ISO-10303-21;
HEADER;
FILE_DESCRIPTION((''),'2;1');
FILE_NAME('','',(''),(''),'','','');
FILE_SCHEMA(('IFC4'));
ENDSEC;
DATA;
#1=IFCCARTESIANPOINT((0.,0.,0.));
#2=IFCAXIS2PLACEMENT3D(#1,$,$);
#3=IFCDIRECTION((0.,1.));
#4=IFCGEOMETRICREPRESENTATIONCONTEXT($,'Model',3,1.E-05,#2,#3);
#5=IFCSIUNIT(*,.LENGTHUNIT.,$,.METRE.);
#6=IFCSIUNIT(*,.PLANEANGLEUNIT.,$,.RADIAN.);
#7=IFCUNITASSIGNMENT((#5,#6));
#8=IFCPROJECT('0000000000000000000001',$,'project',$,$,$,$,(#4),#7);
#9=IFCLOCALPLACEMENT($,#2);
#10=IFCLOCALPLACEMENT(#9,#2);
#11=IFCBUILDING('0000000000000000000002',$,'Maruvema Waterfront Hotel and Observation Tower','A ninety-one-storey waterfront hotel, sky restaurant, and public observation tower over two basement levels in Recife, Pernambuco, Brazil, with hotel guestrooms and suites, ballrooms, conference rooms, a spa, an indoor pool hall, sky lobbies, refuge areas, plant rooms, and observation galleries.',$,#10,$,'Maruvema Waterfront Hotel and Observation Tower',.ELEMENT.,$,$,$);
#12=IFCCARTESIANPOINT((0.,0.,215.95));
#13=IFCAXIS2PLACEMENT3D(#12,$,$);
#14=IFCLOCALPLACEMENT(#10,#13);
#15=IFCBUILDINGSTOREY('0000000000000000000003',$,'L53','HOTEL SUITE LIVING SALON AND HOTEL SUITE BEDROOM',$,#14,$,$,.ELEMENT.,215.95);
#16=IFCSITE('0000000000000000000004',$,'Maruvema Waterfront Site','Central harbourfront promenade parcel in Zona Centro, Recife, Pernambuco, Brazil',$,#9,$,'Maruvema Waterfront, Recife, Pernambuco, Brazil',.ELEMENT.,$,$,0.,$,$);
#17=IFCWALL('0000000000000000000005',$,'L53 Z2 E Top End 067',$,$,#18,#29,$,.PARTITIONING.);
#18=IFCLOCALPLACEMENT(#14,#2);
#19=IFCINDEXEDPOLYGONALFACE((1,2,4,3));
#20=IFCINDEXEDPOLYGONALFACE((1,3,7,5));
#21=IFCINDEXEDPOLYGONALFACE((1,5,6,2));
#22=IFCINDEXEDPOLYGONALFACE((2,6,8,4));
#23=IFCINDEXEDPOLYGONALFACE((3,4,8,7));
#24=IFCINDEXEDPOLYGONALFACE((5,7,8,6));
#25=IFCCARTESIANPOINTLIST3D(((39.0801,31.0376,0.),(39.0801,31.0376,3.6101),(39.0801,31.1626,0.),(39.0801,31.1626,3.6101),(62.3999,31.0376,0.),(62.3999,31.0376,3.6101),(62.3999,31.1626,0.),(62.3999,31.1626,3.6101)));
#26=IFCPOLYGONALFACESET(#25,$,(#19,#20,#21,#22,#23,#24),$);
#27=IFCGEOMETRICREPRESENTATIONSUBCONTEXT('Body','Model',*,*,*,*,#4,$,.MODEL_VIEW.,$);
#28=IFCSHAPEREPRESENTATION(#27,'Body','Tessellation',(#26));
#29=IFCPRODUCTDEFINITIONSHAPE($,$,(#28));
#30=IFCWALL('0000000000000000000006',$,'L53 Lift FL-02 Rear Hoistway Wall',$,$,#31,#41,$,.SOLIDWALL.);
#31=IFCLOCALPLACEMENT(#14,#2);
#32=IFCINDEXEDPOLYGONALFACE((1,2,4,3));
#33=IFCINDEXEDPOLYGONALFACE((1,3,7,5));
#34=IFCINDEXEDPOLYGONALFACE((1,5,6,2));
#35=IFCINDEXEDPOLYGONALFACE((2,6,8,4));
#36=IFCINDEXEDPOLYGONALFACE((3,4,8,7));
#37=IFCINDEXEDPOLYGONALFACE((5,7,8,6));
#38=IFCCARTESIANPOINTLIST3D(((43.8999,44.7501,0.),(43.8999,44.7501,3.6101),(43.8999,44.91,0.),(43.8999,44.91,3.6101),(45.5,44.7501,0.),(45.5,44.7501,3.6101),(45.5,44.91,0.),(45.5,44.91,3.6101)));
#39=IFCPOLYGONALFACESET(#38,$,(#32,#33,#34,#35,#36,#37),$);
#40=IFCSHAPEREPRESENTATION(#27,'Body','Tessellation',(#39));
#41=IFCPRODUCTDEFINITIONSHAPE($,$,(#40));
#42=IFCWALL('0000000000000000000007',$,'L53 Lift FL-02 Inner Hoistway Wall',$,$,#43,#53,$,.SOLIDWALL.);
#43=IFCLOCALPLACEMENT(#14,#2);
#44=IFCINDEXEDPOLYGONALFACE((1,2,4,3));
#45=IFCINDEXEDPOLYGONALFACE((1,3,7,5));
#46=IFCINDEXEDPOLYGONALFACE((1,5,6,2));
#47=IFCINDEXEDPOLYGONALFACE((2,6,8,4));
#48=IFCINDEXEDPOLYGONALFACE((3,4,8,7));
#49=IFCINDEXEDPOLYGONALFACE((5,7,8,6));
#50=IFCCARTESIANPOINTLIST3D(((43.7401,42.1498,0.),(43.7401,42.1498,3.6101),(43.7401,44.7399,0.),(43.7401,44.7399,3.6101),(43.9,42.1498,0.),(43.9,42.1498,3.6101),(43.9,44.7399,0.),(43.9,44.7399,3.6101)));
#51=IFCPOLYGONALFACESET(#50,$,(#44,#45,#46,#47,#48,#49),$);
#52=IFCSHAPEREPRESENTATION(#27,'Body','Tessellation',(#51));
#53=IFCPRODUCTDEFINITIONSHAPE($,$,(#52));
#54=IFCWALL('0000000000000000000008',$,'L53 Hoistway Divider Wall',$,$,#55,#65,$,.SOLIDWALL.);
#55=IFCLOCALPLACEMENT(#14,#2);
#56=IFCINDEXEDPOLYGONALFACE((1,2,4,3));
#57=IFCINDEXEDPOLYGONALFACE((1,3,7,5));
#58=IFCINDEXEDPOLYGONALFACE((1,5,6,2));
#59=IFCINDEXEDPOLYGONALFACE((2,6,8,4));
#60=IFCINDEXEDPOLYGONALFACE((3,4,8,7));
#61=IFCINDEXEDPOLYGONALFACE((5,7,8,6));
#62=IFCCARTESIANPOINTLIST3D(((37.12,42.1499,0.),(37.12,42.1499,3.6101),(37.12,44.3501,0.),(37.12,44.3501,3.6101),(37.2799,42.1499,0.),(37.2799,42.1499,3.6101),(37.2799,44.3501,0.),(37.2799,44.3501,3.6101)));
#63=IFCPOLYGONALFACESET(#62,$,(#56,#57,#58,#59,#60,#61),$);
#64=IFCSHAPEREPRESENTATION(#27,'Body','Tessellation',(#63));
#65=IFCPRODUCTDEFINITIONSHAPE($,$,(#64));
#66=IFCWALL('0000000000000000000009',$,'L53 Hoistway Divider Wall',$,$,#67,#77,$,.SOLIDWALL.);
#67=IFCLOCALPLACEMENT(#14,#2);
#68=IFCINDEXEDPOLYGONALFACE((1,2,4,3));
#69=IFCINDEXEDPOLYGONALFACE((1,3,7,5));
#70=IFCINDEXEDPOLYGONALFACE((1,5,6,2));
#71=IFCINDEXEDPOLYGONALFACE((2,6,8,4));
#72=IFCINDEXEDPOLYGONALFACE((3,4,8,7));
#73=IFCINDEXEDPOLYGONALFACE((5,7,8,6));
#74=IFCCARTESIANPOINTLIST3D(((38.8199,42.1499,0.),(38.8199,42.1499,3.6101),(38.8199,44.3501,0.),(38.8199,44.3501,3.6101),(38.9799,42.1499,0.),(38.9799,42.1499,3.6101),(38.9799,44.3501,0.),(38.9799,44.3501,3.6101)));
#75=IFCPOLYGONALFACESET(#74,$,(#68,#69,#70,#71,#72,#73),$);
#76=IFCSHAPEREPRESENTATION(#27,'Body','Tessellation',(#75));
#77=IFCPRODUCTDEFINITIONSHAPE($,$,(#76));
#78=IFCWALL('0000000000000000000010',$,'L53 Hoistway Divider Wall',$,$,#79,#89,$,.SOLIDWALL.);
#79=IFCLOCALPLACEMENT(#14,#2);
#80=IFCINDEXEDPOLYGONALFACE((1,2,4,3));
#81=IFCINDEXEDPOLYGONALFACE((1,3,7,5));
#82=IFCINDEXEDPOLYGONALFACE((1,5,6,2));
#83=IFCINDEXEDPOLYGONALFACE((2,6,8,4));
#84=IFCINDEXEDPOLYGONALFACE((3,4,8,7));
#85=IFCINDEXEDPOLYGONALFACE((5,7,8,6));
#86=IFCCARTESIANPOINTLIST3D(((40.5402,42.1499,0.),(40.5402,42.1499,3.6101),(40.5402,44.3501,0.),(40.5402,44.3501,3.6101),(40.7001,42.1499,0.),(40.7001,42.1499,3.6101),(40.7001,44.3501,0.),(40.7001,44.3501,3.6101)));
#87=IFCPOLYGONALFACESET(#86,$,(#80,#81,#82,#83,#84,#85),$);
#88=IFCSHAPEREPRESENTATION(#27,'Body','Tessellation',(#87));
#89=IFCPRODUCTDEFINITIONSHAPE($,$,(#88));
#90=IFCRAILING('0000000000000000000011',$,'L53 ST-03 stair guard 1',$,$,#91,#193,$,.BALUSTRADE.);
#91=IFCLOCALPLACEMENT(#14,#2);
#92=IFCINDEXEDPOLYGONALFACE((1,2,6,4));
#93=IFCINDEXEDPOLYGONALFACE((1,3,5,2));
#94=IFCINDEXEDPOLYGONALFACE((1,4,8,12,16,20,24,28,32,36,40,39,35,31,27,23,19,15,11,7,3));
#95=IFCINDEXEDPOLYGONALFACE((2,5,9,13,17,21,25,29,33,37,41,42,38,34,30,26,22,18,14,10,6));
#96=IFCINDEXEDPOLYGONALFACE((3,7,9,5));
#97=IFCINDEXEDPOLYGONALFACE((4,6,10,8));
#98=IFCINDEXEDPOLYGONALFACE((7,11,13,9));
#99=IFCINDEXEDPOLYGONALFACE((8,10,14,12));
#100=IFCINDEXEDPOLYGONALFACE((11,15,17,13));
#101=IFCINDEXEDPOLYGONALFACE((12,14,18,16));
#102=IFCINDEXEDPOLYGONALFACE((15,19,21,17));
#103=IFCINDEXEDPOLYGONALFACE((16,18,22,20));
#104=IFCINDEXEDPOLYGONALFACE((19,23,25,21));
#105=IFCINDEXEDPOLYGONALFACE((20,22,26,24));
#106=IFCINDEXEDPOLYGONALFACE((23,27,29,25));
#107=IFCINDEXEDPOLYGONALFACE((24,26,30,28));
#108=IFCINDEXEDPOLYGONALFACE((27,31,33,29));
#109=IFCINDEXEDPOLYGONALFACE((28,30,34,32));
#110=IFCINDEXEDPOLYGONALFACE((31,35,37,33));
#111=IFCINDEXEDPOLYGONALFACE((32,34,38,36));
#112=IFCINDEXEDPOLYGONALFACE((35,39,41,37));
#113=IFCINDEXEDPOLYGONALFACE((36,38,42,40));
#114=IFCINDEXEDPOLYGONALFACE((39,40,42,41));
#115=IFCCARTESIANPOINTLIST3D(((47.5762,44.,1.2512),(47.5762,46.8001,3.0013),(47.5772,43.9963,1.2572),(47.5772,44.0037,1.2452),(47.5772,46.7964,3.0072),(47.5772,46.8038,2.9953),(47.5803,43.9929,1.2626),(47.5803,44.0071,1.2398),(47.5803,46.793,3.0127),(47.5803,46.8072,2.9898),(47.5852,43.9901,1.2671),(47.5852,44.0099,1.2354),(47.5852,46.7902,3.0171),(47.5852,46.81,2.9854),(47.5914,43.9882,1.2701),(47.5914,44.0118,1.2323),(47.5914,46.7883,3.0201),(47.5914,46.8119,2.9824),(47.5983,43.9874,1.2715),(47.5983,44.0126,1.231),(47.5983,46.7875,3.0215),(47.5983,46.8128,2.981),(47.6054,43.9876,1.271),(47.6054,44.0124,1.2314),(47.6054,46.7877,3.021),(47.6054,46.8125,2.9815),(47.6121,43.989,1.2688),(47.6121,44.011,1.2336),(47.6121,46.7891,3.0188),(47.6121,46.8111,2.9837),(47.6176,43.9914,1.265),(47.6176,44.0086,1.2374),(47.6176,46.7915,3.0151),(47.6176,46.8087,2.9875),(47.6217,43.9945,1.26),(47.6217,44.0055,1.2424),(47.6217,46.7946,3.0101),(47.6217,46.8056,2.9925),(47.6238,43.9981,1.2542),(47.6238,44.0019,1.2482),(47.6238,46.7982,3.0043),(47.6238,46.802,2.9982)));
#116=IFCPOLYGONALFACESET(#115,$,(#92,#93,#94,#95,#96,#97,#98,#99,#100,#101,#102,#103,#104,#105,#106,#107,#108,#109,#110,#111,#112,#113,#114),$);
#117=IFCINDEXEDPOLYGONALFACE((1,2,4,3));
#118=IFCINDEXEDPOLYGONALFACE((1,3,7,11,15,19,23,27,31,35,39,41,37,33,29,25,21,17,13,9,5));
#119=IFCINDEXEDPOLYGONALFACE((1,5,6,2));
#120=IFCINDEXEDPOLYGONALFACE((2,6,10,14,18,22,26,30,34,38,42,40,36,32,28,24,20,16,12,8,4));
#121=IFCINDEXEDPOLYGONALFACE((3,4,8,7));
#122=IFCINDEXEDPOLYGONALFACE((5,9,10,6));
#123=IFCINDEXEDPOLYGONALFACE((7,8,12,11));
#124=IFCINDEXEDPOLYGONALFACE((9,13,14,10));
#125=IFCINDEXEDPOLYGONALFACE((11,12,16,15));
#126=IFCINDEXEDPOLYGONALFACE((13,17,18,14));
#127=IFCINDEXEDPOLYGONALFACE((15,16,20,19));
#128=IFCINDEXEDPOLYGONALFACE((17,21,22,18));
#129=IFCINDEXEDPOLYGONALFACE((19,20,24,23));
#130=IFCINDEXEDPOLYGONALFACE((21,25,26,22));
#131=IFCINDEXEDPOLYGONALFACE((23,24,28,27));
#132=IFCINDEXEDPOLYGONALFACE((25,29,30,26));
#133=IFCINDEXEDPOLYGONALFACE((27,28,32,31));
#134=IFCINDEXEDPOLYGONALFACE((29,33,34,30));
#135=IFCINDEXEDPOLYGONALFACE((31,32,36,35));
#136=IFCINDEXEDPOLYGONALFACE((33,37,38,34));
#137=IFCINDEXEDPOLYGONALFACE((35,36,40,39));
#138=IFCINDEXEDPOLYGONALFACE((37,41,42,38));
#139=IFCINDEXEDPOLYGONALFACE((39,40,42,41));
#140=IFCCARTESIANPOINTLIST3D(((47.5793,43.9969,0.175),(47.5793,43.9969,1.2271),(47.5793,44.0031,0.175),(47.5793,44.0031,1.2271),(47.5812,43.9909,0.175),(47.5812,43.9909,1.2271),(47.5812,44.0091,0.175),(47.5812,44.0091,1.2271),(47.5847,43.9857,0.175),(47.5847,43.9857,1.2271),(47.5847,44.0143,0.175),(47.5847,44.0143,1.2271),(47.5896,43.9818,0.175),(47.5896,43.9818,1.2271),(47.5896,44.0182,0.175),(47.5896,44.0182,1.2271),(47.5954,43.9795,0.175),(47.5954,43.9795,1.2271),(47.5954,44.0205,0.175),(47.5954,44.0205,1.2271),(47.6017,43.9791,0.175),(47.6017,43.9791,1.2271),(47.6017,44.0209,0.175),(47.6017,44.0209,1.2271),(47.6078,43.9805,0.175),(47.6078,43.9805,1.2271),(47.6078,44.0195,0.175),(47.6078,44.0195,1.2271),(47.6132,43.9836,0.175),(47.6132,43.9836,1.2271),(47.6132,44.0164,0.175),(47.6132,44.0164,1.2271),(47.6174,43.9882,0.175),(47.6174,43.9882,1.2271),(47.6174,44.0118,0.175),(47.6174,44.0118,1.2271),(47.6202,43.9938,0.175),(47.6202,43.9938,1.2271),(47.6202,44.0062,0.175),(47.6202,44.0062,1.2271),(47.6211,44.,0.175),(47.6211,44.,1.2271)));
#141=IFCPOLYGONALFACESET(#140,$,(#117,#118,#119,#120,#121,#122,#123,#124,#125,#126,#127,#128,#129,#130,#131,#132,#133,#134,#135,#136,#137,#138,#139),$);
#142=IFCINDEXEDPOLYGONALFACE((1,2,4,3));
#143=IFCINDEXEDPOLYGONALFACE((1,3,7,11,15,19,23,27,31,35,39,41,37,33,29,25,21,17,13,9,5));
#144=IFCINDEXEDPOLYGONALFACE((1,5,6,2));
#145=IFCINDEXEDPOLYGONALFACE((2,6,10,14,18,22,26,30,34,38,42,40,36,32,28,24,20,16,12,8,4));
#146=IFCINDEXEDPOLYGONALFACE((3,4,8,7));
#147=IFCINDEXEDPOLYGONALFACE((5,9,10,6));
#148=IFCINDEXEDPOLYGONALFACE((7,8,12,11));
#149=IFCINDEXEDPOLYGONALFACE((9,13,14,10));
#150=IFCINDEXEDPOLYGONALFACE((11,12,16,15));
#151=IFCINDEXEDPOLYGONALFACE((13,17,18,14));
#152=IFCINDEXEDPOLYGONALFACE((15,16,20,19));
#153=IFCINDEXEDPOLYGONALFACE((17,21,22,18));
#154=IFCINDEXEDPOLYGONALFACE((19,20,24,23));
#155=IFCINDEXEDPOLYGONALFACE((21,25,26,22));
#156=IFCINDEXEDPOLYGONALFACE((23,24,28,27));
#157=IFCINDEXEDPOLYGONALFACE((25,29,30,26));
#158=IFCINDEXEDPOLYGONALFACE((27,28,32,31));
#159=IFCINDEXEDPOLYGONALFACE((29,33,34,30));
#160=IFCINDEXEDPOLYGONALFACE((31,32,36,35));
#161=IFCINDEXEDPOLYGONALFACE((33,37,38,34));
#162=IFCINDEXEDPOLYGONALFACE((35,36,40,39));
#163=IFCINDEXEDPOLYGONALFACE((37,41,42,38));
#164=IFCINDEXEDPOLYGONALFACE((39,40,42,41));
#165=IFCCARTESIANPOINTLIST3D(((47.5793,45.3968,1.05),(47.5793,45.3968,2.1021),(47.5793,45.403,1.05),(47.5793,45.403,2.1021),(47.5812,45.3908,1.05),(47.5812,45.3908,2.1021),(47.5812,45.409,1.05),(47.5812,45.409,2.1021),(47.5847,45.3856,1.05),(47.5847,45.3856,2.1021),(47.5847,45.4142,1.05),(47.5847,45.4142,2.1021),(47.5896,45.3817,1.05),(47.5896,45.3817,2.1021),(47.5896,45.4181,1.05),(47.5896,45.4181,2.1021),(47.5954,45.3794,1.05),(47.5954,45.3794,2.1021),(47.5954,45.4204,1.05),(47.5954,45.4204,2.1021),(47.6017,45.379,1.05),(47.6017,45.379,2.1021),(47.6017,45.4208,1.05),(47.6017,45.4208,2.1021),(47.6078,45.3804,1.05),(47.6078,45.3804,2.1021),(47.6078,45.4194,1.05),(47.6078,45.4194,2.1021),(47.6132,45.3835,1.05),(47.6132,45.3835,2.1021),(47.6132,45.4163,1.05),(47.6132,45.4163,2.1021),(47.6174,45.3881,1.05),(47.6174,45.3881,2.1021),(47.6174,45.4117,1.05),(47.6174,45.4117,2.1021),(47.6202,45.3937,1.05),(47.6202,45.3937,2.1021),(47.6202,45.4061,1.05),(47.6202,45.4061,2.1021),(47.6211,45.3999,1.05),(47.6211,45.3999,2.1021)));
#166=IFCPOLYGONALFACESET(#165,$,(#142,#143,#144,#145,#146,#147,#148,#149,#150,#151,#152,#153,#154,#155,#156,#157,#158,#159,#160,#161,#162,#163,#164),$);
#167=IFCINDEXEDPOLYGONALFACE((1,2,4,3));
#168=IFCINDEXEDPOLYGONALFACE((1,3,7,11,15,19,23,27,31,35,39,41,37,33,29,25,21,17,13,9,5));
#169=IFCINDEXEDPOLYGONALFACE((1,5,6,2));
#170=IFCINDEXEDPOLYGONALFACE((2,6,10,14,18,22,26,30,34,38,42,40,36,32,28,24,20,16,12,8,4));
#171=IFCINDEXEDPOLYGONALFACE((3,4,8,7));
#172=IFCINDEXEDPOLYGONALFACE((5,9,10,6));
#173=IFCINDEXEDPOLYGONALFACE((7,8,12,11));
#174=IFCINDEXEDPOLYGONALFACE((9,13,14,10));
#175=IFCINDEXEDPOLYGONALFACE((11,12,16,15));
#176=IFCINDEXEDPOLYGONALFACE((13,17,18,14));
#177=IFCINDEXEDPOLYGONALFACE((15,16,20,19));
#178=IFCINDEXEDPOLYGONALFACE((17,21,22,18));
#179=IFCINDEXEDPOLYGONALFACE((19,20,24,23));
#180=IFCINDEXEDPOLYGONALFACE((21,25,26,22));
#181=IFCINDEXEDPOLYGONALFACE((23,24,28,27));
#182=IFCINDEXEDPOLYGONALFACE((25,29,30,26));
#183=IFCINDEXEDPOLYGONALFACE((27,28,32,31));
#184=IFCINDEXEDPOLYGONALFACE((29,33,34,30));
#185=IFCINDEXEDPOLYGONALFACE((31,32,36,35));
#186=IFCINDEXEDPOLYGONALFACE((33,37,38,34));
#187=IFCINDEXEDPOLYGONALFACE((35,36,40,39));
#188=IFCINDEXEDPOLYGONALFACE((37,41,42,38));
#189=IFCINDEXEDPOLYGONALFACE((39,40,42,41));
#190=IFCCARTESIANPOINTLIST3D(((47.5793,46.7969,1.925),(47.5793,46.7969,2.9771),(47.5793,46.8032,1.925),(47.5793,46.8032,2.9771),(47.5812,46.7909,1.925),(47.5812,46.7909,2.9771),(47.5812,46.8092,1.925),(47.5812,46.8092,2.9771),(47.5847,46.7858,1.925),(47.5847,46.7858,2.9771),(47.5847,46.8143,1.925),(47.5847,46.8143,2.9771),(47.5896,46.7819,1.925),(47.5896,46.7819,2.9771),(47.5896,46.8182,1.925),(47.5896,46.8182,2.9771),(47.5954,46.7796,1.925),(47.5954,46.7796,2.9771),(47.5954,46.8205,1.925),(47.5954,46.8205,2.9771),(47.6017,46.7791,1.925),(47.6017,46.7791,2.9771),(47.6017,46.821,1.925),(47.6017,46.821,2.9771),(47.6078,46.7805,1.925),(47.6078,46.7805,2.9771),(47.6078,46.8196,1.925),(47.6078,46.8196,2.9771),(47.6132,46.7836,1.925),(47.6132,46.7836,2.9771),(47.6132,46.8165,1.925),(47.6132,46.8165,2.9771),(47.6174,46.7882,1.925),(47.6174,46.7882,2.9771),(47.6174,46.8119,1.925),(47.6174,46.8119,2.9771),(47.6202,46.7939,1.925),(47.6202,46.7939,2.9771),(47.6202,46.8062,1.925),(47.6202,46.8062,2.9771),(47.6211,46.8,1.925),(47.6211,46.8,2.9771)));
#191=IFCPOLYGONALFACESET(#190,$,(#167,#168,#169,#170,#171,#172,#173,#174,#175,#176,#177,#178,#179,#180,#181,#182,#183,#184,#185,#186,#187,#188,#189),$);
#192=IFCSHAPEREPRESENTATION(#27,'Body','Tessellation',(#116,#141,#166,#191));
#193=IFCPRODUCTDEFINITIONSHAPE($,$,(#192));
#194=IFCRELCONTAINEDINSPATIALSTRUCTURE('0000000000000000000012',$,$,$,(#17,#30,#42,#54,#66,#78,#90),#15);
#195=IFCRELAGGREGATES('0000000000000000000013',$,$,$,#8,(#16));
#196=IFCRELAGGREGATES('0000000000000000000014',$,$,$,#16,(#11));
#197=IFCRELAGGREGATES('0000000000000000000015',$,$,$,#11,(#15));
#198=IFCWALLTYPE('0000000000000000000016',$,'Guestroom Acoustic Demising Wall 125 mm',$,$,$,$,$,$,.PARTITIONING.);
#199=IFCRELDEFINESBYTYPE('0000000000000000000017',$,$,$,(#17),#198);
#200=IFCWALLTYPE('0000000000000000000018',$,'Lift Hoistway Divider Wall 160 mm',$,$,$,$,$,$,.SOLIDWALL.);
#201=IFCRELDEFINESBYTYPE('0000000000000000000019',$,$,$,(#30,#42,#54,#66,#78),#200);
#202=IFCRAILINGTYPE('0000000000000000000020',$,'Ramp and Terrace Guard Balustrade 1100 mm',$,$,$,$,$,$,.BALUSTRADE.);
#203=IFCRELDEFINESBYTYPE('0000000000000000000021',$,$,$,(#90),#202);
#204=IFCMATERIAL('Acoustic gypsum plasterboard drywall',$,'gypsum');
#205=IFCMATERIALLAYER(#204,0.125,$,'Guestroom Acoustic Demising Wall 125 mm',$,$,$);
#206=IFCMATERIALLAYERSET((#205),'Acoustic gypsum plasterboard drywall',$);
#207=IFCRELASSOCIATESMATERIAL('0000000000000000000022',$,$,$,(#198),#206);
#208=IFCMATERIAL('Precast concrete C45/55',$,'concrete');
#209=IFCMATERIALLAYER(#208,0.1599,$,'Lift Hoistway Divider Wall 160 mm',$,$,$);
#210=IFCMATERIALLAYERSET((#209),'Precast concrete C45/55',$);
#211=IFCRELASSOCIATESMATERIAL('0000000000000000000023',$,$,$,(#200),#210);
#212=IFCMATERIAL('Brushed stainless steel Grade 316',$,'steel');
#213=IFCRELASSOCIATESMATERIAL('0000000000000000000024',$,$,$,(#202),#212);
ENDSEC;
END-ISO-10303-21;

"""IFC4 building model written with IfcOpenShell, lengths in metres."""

from ifc_helpers import new_model, si_unit, direction, frame, frame_2d, origin, origin_2d, place, context, subcontext, project, spatial, rectangle, circle, extrude, material, layer, layer_set, type_object, element, save


model = new_model("IFC4")

# Units and contexts
model_context = context("Model", 3, precision=1e-05, world=origin(), true_north=direction((0.0, 1.0)))
body_context = subcontext(model_context, "Body", "Model", "MODEL_VIEW")
ifc_project = project(units=[si_unit("LENGTHUNIT", "METRE"), si_unit("PLANEANGLEUNIT", "RADIAN")], contexts=[model_context])

# Site, building, storey
site_placement = place(None, origin())
site = spatial("IfcSite", under=ifc_project, at=site_placement, Name="Maruvema Waterfront Site", Description="Central harbourfront promenade parcel in Zona Centro, Recife, Pernambuco, Brazil", LongName="Maruvema Waterfront, Recife, Pernambuco, Brazil", CompositionType="ELEMENT", RefElevation=0.0)
building_placement = place(site_placement, origin())
building = spatial("IfcBuilding", under=site, at=building_placement, Name="Maruvema Waterfront Hotel and Observation Tower", Description="A ninety-one-storey waterfront hotel, sky restaurant, and public observation tower over two basement levels in Recife, Pernambuco, Brazil, with hotel guestrooms and suites, ballrooms, conference rooms, a spa, an indoor pool hall, sky lobbies, refuge areas, plant rooms, and observation galleries.", LongName="Maruvema Waterfront Hotel and Observation Tower", CompositionType="ELEMENT")
storey_placement = place(building_placement, frame((0.0, 0.0, 215.95)))
storey = spatial("IfcBuildingStorey", under=building, at=storey_placement, Name="L53", Description="HOTEL SUITE LIVING SALON AND HOTEL SUITE BEDROOM", CompositionType="ELEMENT", Elevation=215.95)

# Walls
ifc_material_1 = material(Name="Acoustic gypsum plasterboard drywall", Category="gypsum")
ifc_layer_1 = layer(ifc_material_1, 0.125, Name="Guestroom Acoustic Demising Wall 125 mm")
ifc_layer_set_1 = layer_set([ifc_layer_1], Name="Acoustic gypsum plasterboard drywall")
wall_type_1 = type_object("IfcWallType", Name="Guestroom Acoustic Demising Wall 125 mm", PredefinedType="PARTITIONING", material=ifc_layer_set_1)
wall_1_placement = place(storey_placement, frame((39.0801, 31.1001, 0.0), z_axis=(0.0, 0.0, 1.0), x_axis=(1.0, 0.0, 0.0)))
element("IfcWall", 1, at=wall_1_placement, inside=storey, type_object=wall_type_1, Name="L53 Z2 E Top End 067", PredefinedType="PARTITIONING", context=body_context, shape_type="SweptSolid", body=[
    extrude(rectangle(XDim=23.3198, YDim=0.125, at=frame_2d((11.6599, 0.0))), origin(), (0.0, 0.0, 1.0), 3.6101),
])
ifc_material_2 = material(Name="Precast concrete C45/55", Category="concrete")
ifc_layer_2 = layer(ifc_material_2, 0.1599, Name="Lift Hoistway Divider Wall 160 mm")
ifc_layer_set_2 = layer_set([ifc_layer_2], Name="Precast concrete C45/55")
wall_type_2 = type_object("IfcWallType", Name="Lift Hoistway Divider Wall 160 mm", PredefinedType="SOLIDWALL", material=ifc_layer_set_2)
wall_2_placement = place(storey_placement, frame((43.8999, 44.8301, 0.0), z_axis=(0.0, 0.0, 1.0), x_axis=(1.0, 0.0, 0.0)))
element("IfcWall", 2, at=wall_2_placement, inside=storey, type_object=wall_type_2, Name="L53 Lift FL-02 Rear Hoistway Wall", PredefinedType="SOLIDWALL", context=body_context, shape_type="SweptSolid", body=[
    extrude(rectangle(XDim=1.6001, YDim=0.1599, at=frame_2d((0.8, 0.0))), origin(), (0.0, 0.0, 1.0), 3.6101),
])
wall_3_placement = place(storey_placement, frame((43.8201, 42.1499, 0.0), z_axis=(0.0, 0.0, 1.0), x_axis=(0.0, 1.0, 0.0)))
element("IfcWall", 3, at=wall_3_placement, inside=storey, type_object=wall_type_2, Name="L53 Lift FL-02 Inner Hoistway Wall", PredefinedType="SOLIDWALL", context=body_context, shape_type="SweptSolid", body=[
    extrude(rectangle(XDim=2.5901, YDim=0.1599, at=frame_2d((1.2949, 0.0))), origin(), (0.0, 0.0, 1.0), 3.6101),
])
for number, where, z_axis, x_axis, name in (
    (4, (37.2, 42.1499, 0.0), (0.0, 0.0, 1.0), (0.0, 1.0, 0.0), "L53 Hoistway Divider Wall"),
    (5, (38.8999, 42.1499, 0.0), (0.0, 0.0, 1.0), (0.0, 1.0, 0.0), "L53 Hoistway Divider Wall"),
    (6, (40.6201, 42.1499, 0.0), (0.0, 0.0, 1.0), (0.0, 1.0, 0.0), "L53 Hoistway Divider Wall"),
):
    element("IfcWall", number, at=place(storey_placement, frame(where, z_axis=z_axis, x_axis=x_axis)), inside=storey, type_object=wall_type_2, Name=name, PredefinedType="SOLIDWALL", context=body_context, shape_type="SweptSolid", body=[
        extrude(rectangle(XDim=2.2002, YDim=0.1599, at=frame_2d((1.1001, 0.0))), origin(), (0.0, 0.0, 1.0), 3.6101),
    ])

# Railing
ifc_material_3 = material(Name="Brushed stainless steel Grade 316", Category="steel")
railing_type = type_object("IfcRailingType", Name="Ramp and Terrace Guard Balustrade 1100 mm", PredefinedType="BALUSTRADE", material=ifc_material_3)
railing_1_placement = place(storey_placement, frame((47.6001, 44.0, 0.175)))
element("IfcRailing", 7, at=railing_1_placement, inside=storey, type_object=railing_type, Name="L53 ST-03 stair guard 1", PredefinedType="BALUSTRADE", context=body_context, shape_type="SweptSolid", body=[
    extrude(circle(Radius=0.0239, at=origin_2d()), frame((0.0, 0.0, 1.0762), z_axis=(0.0, 0.848002, 0.529992), x_axis=(-1.0, 0.0, 0.0)), (0.0, 0.0, 1.0), 3.302),
    extrude(circle(Radius=0.021, at=origin_2d()), origin(), (0.0, 0.0, 1.0), 1.052),
    extrude(circle(Radius=0.021, at=origin_2d()), frame((0.0, 1.3999, 0.875)), (0.0, 0.0, 1.0), 1.052),
    extrude(circle(Radius=0.021, at=origin_2d()), frame((0.0, 2.8, 1.75)), (0.0, 0.0, 1.0), 1.052),
])

save(model, "model.ifc")
